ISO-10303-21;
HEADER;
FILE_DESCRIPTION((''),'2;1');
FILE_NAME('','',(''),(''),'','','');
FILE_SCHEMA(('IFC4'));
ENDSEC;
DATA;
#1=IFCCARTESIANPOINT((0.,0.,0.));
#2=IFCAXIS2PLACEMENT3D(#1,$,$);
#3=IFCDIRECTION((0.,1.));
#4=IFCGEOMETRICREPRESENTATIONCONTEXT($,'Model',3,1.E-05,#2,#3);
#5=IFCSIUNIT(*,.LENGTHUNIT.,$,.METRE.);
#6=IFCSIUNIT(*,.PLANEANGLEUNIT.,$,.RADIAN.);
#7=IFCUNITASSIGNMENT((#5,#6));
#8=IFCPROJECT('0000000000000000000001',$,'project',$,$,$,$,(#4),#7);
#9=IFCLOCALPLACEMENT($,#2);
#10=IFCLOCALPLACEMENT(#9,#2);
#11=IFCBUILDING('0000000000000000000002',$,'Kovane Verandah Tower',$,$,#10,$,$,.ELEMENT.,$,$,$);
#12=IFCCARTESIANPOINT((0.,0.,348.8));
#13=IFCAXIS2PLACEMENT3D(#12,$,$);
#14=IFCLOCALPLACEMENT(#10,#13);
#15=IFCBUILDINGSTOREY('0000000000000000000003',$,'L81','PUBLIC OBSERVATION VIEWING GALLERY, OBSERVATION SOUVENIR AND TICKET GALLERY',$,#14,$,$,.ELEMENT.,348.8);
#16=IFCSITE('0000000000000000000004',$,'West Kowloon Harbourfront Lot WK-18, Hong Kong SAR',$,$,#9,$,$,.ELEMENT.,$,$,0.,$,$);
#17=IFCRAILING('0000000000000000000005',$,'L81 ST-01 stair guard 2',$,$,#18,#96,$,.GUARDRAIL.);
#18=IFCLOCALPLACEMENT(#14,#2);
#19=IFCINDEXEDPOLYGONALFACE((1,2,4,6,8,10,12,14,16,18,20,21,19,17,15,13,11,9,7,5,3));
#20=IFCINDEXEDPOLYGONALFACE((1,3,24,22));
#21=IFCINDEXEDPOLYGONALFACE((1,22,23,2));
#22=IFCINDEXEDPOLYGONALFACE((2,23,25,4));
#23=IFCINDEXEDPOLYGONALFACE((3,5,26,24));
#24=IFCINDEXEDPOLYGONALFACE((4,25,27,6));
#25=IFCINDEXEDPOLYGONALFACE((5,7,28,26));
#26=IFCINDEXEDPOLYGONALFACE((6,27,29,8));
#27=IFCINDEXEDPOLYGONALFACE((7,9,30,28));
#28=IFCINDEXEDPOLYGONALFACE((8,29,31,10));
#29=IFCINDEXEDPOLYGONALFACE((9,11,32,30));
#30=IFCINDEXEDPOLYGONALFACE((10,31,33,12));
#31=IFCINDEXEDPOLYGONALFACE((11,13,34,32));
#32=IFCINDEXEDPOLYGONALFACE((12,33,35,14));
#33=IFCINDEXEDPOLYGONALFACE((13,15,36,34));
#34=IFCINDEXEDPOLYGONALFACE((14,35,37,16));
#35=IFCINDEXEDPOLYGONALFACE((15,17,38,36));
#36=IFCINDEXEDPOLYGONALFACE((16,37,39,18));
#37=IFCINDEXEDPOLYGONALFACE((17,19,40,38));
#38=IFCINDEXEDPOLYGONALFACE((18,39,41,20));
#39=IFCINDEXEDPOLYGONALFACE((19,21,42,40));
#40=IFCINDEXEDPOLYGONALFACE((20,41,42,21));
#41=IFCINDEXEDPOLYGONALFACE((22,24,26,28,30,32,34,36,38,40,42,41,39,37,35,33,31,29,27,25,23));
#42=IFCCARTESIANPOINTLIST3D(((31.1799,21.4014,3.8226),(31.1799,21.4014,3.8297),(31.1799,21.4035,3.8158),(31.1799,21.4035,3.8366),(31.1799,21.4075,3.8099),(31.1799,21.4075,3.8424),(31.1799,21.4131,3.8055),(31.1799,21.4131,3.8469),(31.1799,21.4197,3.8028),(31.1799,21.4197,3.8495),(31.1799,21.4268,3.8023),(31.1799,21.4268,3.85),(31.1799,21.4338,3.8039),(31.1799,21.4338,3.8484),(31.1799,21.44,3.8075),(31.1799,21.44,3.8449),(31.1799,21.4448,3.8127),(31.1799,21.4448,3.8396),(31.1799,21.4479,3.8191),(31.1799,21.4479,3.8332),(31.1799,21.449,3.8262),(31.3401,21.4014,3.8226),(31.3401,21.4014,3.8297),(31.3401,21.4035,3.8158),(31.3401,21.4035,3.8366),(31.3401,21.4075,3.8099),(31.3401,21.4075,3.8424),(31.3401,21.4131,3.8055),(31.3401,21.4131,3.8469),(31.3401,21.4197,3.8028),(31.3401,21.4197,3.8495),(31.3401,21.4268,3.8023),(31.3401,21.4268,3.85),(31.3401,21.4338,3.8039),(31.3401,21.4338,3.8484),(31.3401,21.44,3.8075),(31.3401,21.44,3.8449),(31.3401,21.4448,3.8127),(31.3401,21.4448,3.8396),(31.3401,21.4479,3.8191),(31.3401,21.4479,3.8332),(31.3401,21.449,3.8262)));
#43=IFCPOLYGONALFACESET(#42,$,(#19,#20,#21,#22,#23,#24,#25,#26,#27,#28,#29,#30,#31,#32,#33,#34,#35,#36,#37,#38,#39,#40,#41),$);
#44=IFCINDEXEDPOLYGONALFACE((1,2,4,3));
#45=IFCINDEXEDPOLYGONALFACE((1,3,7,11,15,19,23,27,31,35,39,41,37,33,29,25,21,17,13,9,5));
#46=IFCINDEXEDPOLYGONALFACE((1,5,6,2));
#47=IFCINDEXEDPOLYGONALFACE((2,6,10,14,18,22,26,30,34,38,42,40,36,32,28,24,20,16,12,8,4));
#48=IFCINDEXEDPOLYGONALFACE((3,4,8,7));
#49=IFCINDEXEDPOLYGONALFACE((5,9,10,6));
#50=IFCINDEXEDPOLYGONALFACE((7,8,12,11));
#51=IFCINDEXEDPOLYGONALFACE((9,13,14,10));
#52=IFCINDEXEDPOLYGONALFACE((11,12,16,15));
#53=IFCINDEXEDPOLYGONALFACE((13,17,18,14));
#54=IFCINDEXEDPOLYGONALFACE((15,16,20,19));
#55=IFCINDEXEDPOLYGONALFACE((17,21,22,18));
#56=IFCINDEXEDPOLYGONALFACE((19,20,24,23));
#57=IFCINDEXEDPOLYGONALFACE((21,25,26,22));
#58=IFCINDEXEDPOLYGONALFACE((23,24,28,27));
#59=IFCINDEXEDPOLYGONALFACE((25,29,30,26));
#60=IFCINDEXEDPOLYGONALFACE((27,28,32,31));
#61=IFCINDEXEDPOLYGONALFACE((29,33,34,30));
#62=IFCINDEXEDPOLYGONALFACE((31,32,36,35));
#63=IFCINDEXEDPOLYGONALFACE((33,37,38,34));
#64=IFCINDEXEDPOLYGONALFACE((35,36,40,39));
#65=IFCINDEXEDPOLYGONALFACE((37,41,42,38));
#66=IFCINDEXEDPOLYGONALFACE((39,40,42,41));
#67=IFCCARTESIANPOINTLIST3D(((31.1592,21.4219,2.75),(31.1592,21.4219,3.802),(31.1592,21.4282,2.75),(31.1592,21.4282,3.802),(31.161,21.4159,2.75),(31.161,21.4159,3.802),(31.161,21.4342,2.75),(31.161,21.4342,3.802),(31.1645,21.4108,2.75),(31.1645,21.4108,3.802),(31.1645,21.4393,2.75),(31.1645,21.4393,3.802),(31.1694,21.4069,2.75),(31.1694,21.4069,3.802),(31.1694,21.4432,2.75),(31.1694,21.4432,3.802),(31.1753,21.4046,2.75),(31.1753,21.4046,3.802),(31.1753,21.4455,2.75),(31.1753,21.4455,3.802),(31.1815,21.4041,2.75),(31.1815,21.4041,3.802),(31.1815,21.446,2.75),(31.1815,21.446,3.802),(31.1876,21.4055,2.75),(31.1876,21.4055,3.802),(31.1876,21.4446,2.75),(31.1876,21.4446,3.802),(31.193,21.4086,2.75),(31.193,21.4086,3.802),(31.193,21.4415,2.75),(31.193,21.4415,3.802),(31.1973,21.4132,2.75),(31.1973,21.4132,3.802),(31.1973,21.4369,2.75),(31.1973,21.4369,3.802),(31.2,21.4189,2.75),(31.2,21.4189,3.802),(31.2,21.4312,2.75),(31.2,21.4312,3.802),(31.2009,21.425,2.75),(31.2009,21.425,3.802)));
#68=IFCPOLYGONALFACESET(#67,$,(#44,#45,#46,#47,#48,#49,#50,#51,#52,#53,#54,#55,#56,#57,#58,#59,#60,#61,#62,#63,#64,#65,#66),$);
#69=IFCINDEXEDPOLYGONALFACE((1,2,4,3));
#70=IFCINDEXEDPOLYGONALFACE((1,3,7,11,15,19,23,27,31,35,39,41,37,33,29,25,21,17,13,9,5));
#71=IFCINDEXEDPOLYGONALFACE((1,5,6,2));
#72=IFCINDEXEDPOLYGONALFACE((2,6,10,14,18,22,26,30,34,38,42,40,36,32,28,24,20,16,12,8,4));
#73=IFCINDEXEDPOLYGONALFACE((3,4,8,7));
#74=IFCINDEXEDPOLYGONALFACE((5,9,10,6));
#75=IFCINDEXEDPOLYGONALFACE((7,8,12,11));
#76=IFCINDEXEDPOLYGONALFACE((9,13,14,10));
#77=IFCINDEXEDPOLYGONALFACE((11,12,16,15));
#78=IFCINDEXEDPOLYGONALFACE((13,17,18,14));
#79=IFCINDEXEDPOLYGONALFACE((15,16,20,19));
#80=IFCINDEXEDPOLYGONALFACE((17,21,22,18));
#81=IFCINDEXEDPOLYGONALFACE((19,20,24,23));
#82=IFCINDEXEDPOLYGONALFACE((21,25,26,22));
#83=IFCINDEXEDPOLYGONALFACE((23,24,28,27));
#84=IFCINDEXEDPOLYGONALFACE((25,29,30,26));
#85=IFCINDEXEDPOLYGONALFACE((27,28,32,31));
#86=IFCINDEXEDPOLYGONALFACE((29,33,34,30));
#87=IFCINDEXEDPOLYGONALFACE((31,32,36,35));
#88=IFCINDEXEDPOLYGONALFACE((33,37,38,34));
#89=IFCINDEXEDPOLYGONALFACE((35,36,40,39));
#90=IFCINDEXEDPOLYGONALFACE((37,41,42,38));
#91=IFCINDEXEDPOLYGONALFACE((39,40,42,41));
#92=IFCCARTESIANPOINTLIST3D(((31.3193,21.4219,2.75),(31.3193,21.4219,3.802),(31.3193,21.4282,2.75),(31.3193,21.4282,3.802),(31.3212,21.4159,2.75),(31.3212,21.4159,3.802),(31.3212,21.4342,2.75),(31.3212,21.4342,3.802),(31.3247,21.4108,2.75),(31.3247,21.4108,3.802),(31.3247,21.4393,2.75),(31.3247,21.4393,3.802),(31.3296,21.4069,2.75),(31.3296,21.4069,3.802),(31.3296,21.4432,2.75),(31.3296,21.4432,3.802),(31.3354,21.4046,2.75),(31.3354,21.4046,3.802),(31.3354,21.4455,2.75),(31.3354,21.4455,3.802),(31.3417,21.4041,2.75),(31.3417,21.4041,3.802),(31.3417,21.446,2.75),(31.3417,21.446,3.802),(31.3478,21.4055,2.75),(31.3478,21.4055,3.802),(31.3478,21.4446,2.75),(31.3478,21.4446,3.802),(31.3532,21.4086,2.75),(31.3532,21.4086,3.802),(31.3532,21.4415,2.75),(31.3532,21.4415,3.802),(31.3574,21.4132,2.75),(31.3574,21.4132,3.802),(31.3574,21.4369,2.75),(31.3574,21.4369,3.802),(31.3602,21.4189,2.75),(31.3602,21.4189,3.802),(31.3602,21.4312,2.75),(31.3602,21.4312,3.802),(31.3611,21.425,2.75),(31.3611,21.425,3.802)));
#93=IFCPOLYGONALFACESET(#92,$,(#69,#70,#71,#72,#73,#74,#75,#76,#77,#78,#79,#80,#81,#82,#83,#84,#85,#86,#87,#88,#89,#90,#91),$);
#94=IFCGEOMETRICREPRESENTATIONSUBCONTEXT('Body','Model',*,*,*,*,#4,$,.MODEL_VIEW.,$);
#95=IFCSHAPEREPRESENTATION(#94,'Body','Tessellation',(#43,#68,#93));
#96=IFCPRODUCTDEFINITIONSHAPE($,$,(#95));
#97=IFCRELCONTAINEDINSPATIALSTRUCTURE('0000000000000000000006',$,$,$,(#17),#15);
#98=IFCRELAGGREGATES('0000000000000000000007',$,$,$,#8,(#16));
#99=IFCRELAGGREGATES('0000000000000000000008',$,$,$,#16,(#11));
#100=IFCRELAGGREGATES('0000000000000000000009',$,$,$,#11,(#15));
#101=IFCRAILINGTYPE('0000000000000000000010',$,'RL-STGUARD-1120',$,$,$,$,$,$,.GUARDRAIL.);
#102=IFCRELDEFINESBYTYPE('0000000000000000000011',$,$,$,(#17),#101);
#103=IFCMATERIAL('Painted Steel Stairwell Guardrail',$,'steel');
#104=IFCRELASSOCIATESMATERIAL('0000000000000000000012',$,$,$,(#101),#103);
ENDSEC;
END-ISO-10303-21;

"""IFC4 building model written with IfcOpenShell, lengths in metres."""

from ifc_helpers import new_model, si_unit, direction, frame, origin, origin_2d, place, context, subcontext, project, spatial, circle, extrude, material, type_object, element, save


model = new_model("IFC4")

# Units and contexts
model_context = context("Model", 3, precision=1e-05, world=origin(), true_north=direction((0.0, 1.0)))
body_context = subcontext(model_context, "Body", "Model", "MODEL_VIEW")
ifc_project = project(units=[si_unit("LENGTHUNIT", "METRE"), si_unit("PLANEANGLEUNIT", "RADIAN")], contexts=[model_context])

# Site, building, storey
site_placement = place(None, origin())
site = spatial("IfcSite", under=ifc_project, at=site_placement, Name="West Kowloon Harbourfront Lot WK-18, Hong Kong SAR", CompositionType="ELEMENT", RefElevation=0.0)
building_placement = place(site_placement, origin())
building = spatial("IfcBuilding", under=site, at=building_placement, Name="Kovane Verandah Tower", CompositionType="ELEMENT")
storey_placement = place(building_placement, frame((0.0, 0.0, 348.8)))
storey = spatial("IfcBuildingStorey", under=building, at=storey_placement, Name="L81", Description="PUBLIC OBSERVATION VIEWING GALLERY, OBSERVATION SOUVENIR AND TICKET GALLERY", CompositionType="ELEMENT", Elevation=348.8)

# Railing
ifc_material_1 = material(Name="Painted Steel Stairwell Guardrail", Category="steel")
railing_type_1 = type_object("IfcRailingType", Name="RL-STGUARD-1120", PredefinedType="GUARDRAIL", material=ifc_material_1)
railing_1_placement = place(storey_placement, frame((31.1799, 21.425, 2.75)))
element("IfcRailing", 1, at=railing_1_placement, inside=storey, type_object=railing_type_1, Name="L81 ST-01 stair guard 2", PredefinedType="GUARDRAIL", context=body_context, shape_type="SweptSolid", body=[
    extrude(circle(Radius=0.0239, at=origin_2d()), frame((0.0, 0.0, 1.0762), z_axis=(1.0, 0.0, 0.0), x_axis=(0.0, 1.0, 0.0)), (0.0, 0.0, 1.0), 0.1602),
    extrude(circle(Radius=0.021, at=origin_2d()), origin(), (0.0, 0.0, 1.0), 1.052),
    extrude(circle(Radius=0.021, at=origin_2d()), frame((0.1602, 0.0, 0.0)), (0.0, 0.0, 1.0), 1.052),
])

save(model, "model.ifc")
